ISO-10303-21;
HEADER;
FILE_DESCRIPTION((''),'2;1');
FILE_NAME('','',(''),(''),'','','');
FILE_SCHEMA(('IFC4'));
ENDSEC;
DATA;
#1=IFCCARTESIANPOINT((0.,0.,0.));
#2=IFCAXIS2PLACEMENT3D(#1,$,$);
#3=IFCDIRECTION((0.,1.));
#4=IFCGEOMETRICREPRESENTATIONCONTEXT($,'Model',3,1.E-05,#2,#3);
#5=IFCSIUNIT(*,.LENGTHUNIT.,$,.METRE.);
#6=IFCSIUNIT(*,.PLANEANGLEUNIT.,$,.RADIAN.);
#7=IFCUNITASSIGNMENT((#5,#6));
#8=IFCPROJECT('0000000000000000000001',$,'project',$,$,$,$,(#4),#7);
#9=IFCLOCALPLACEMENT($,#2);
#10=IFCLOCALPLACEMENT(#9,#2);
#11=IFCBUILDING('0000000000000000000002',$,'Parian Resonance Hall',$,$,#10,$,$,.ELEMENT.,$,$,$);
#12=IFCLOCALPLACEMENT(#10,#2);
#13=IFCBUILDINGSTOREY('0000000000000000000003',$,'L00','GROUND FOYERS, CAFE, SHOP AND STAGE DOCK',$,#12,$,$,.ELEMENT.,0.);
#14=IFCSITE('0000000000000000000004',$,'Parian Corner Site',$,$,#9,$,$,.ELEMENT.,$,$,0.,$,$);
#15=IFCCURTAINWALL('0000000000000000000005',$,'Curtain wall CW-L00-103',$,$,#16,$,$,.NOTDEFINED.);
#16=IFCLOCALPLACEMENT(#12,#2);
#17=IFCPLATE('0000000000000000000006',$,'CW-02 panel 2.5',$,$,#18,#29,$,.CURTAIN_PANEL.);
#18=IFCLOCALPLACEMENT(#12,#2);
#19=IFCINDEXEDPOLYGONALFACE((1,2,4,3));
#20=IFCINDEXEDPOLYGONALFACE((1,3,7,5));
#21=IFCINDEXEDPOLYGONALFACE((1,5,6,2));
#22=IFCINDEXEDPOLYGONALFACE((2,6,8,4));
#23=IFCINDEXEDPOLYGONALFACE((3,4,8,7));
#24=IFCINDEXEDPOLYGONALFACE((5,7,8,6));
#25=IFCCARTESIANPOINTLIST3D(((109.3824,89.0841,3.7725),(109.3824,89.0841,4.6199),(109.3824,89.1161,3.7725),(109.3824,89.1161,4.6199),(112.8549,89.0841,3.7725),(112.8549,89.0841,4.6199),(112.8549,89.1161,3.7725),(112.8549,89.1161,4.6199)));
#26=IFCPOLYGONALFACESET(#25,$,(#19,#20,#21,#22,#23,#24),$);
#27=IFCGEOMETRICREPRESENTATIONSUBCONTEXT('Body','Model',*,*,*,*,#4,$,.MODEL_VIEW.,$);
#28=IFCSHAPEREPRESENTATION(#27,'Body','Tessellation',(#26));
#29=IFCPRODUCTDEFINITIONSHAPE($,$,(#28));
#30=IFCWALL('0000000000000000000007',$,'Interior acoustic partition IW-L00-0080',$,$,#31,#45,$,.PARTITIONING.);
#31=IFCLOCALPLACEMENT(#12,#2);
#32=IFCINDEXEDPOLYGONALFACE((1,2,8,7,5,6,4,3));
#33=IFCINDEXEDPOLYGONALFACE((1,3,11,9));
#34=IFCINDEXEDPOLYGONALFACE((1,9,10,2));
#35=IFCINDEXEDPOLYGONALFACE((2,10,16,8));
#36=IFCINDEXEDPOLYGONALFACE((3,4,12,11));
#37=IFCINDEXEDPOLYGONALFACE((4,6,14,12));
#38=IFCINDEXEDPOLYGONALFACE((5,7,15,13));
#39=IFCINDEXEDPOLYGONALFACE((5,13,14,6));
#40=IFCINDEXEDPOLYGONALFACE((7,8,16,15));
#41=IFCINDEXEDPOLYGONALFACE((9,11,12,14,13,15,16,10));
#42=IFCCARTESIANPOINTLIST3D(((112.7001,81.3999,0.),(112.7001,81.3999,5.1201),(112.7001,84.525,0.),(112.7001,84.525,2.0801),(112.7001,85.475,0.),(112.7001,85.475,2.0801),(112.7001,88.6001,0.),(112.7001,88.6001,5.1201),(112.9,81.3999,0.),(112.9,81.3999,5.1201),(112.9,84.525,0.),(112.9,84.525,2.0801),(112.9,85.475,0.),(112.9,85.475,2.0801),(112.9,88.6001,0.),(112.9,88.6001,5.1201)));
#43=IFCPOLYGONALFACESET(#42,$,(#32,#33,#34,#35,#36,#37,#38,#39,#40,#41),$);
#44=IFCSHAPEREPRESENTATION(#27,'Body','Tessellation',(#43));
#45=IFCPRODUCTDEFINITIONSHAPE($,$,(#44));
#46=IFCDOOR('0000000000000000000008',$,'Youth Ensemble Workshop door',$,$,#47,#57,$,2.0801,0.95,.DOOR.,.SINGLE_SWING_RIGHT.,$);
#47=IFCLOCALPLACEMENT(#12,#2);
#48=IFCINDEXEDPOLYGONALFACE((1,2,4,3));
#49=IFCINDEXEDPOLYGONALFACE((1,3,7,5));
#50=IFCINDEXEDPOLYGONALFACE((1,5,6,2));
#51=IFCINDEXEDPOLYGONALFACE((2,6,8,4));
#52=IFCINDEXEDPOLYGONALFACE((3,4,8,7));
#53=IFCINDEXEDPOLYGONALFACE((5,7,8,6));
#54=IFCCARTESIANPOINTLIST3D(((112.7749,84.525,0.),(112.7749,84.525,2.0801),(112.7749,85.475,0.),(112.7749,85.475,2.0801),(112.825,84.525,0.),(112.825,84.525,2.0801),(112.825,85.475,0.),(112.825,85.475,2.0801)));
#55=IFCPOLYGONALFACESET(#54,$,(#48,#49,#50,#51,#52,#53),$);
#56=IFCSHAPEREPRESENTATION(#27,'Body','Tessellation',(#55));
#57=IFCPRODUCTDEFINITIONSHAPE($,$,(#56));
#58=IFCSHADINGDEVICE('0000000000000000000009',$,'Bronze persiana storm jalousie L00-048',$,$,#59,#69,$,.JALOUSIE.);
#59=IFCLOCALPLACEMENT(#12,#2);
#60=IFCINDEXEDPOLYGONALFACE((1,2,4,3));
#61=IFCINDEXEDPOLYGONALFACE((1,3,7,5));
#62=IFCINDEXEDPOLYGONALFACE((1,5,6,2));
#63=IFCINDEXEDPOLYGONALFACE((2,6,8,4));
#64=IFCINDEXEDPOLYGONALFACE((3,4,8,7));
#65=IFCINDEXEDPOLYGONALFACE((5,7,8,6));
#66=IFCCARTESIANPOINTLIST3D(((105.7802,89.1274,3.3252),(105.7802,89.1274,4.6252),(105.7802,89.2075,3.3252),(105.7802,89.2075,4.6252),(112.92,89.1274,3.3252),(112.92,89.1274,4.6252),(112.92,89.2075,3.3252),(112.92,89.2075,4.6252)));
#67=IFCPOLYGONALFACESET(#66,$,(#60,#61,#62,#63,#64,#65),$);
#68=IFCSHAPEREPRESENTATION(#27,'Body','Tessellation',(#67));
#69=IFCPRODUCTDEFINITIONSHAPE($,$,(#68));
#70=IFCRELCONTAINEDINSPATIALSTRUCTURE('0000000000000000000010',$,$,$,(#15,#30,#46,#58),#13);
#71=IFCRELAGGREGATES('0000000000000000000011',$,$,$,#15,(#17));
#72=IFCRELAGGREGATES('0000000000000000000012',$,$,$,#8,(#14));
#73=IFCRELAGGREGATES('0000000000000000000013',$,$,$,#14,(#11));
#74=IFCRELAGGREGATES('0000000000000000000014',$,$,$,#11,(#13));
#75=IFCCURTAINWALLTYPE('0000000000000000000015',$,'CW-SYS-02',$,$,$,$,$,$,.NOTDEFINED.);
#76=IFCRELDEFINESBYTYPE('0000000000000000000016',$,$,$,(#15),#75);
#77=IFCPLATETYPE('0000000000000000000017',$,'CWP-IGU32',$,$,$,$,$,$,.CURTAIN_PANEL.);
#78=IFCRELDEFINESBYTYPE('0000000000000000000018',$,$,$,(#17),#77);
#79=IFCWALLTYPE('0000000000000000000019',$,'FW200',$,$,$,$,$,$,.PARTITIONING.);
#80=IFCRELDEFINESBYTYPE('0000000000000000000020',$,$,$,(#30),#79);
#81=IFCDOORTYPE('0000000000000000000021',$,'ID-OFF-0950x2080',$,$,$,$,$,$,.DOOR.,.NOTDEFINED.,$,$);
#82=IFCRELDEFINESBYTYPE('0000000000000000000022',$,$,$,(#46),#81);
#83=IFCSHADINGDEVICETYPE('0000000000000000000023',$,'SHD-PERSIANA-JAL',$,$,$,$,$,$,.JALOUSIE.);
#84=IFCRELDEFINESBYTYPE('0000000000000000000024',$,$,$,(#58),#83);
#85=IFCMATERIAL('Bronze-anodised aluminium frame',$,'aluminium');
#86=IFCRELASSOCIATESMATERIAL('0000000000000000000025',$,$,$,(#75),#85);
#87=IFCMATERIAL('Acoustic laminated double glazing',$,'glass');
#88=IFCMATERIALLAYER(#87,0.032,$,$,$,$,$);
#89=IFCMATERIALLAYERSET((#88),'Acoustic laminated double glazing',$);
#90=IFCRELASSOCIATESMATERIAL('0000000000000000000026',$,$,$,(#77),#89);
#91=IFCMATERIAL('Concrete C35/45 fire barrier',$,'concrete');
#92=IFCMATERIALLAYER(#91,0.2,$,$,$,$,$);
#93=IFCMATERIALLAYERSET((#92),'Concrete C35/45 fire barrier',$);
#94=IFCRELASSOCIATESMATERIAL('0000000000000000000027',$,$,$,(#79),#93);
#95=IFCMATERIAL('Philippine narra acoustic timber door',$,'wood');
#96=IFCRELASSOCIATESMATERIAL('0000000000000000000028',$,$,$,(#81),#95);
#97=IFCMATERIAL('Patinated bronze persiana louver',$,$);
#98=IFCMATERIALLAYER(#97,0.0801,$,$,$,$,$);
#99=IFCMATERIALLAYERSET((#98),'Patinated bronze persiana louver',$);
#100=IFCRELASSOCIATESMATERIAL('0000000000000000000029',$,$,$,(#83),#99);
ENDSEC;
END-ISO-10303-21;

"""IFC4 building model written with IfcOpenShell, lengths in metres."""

from ifc_helpers import new_model, si_unit, direction, frame, frame_2d, origin, origin_2d, place, context, subcontext, project, spatial, rectangle, extrude, material, layer, layer_set, type_object, element, fill, aggregate, save


model = new_model("IFC4")

# Units and contexts
model_context = context("Model", 3, precision=1e-05, world=origin(), true_north=direction((0.0, 1.0)))
body_context = subcontext(model_context, "Body", "Model", "MODEL_VIEW")
ifc_project = project(units=[si_unit("LENGTHUNIT", "METRE"), si_unit("PLANEANGLEUNIT", "RADIAN")], contexts=[model_context])

# Site, building, storey
site_placement = place(None, origin())
site = spatial("IfcSite", under=ifc_project, at=site_placement, Name="Parian Corner Site", CompositionType="ELEMENT", RefElevation=0.0)
building_placement = place(site_placement, origin())
building = spatial("IfcBuilding", under=site, at=building_placement, Name="Parian Resonance Hall", CompositionType="ELEMENT")
storey_placement = place(building_placement, origin())
storey = spatial("IfcBuildingStorey", under=building, at=storey_placement, Name="L00", Description="GROUND FOYERS, CAFE, SHOP AND STAGE DOCK", CompositionType="ELEMENT", Elevation=0.0)

# Curtain wall, plate
ifc_material_1 = material(Name="Bronze-anodised aluminium frame", Category="aluminium")
curtain_wall_type = type_object("IfcCurtainWallType", Name="CW-SYS-02", PredefinedType="NOTDEFINED", material=ifc_material_1)
curtain_wall_placement = place(storey_placement, origin())
curtain_wall = element("IfcCurtainWall", 1, at=curtain_wall_placement, inside=storey, type_object=curtain_wall_type, Name="Curtain wall CW-L00-103", PredefinedType="NOTDEFINED")
ifc_material_2 = material(Name="Acoustic laminated double glazing", Category="glass")
ifc_layer_1 = layer(ifc_material_2, 0.032)
ifc_layer_set_1 = layer_set([ifc_layer_1], Name="Acoustic laminated double glazing")
plate_type = type_object("IfcPlateType", Name="CWP-IGU32", PredefinedType="CURTAIN_PANEL", material=ifc_layer_set_1)
plate_1_placement = place(storey_placement, frame((111.1187, 89.1001, 3.7725), z_axis=(0.0, 0.0, 1.0), x_axis=(1.0, 0.0, 0.0)))
plate_1 = element("IfcPlate", 2, at=plate_1_placement, type_object=plate_type, Name="CW-02 panel 2.5", PredefinedType="CURTAIN_PANEL", context=body_context, shape_type="SweptSolid", body=[
    extrude(rectangle(XDim=3.4724, YDim=0.032, at=origin_2d()), origin(), (0.0, 0.0, 1.0), 0.8474),
])
aggregate(curtain_wall, [plate_1])

# Wall, opening, door
ifc_material_3 = material(Name="Concrete C35/45 fire barrier", Category="concrete")
ifc_layer_2 = layer(ifc_material_3, 0.2)
ifc_layer_set_2 = layer_set([ifc_layer_2], Name="Concrete C35/45 fire barrier")
wall_type = type_object("IfcWallType", Name="FW200", PredefinedType="PARTITIONING", material=ifc_layer_set_2)
wall_placement = place(storey_placement, frame((112.8, 88.6001, 0.0), z_axis=(0.0, 0.0, 1.0), x_axis=(0.0, -1.0, 0.0)))
wall = element("IfcWall", 3, at=wall_placement, inside=storey, type_object=wall_type, Name="Interior acoustic partition IW-L00-0080", PredefinedType="PARTITIONING", context=body_context, shape_type="SweptSolid", body=[
    extrude(rectangle(XDim=7.2002, YDim=0.2, at=frame_2d((3.6001, 0.0))), origin(), (0.0, 0.0, 1.0), 5.1201),
])
opening_placement = place(wall_placement, frame((3.125, 0.0, 0.0)))
opening = element("IfcOpeningElement", 4, at=opening_placement, cuts=wall, PredefinedType="OPENING", context=body_context, shape_type="SweptSolid", body=[
    extrude(rectangle(XDim=0.95, YDim=2.0801, at=frame_2d((0.4751, 1.04))), frame((0.0, 0.1099, 0.0), z_axis=(0.0, -1.0, 0.0), x_axis=(1.0, 0.0, 0.0)), (0.0, 0.0, 1.0), 0.22),
])
ifc_material_4 = material(Name="Philippine narra acoustic timber door", Category="wood")
door_type = type_object("IfcDoorType", Name="ID-OFF-0950x2080", OperationType="NOTDEFINED", PredefinedType="DOOR", material=ifc_material_4)
door_placement = place(opening_placement, origin())
door = element("IfcDoor", 5, at=door_placement, inside=storey, type_object=door_type, Name="Youth Ensemble Workshop door", OperationType="SINGLE_SWING_RIGHT", OverallHeight=2.0801, OverallWidth=0.95, PredefinedType="DOOR", context=body_context, shape_type="SweptSolid", body=[
    extrude(rectangle(XDim=0.95, YDim=2.0801, at=frame_2d((0.4751, 1.04))), frame((0.0, 0.0249, 0.0), z_axis=(0.0, -1.0, 0.0), x_axis=(1.0, 0.0, 0.0)), (0.0, 0.0, 1.0), 0.05),
])
fill(opening, door)

# Shading device
ifc_material_5 = material(Name="Patinated bronze persiana louver")
ifc_layer_3 = layer(ifc_material_5, 0.0801)
ifc_layer_set_3 = layer_set([ifc_layer_3], Name="Patinated bronze persiana louver")
shading_device_type = type_object("IfcShadingDeviceType", Name="SHD-PERSIANA-JAL", PredefinedType="JALOUSIE", material=ifc_layer_set_3)
shading_device_placement = place(storey_placement, frame((109.3501, 89.1675, 3.3252), z_axis=(0.0, 0.0, 1.0), x_axis=(1.0, 0.0, 0.0)))
element("IfcShadingDevice", 6, at=shading_device_placement, inside=storey, type_object=shading_device_type, Name="Bronze persiana storm jalousie L00-048", PredefinedType="JALOUSIE", context=body_context, shape_type="SweptSolid", body=[
    extrude(rectangle(XDim=7.1399, YDim=0.0801, at=origin_2d()), origin(), (0.0, 0.0, 1.0), 1.3),
])

save(model, "model.ifc")
